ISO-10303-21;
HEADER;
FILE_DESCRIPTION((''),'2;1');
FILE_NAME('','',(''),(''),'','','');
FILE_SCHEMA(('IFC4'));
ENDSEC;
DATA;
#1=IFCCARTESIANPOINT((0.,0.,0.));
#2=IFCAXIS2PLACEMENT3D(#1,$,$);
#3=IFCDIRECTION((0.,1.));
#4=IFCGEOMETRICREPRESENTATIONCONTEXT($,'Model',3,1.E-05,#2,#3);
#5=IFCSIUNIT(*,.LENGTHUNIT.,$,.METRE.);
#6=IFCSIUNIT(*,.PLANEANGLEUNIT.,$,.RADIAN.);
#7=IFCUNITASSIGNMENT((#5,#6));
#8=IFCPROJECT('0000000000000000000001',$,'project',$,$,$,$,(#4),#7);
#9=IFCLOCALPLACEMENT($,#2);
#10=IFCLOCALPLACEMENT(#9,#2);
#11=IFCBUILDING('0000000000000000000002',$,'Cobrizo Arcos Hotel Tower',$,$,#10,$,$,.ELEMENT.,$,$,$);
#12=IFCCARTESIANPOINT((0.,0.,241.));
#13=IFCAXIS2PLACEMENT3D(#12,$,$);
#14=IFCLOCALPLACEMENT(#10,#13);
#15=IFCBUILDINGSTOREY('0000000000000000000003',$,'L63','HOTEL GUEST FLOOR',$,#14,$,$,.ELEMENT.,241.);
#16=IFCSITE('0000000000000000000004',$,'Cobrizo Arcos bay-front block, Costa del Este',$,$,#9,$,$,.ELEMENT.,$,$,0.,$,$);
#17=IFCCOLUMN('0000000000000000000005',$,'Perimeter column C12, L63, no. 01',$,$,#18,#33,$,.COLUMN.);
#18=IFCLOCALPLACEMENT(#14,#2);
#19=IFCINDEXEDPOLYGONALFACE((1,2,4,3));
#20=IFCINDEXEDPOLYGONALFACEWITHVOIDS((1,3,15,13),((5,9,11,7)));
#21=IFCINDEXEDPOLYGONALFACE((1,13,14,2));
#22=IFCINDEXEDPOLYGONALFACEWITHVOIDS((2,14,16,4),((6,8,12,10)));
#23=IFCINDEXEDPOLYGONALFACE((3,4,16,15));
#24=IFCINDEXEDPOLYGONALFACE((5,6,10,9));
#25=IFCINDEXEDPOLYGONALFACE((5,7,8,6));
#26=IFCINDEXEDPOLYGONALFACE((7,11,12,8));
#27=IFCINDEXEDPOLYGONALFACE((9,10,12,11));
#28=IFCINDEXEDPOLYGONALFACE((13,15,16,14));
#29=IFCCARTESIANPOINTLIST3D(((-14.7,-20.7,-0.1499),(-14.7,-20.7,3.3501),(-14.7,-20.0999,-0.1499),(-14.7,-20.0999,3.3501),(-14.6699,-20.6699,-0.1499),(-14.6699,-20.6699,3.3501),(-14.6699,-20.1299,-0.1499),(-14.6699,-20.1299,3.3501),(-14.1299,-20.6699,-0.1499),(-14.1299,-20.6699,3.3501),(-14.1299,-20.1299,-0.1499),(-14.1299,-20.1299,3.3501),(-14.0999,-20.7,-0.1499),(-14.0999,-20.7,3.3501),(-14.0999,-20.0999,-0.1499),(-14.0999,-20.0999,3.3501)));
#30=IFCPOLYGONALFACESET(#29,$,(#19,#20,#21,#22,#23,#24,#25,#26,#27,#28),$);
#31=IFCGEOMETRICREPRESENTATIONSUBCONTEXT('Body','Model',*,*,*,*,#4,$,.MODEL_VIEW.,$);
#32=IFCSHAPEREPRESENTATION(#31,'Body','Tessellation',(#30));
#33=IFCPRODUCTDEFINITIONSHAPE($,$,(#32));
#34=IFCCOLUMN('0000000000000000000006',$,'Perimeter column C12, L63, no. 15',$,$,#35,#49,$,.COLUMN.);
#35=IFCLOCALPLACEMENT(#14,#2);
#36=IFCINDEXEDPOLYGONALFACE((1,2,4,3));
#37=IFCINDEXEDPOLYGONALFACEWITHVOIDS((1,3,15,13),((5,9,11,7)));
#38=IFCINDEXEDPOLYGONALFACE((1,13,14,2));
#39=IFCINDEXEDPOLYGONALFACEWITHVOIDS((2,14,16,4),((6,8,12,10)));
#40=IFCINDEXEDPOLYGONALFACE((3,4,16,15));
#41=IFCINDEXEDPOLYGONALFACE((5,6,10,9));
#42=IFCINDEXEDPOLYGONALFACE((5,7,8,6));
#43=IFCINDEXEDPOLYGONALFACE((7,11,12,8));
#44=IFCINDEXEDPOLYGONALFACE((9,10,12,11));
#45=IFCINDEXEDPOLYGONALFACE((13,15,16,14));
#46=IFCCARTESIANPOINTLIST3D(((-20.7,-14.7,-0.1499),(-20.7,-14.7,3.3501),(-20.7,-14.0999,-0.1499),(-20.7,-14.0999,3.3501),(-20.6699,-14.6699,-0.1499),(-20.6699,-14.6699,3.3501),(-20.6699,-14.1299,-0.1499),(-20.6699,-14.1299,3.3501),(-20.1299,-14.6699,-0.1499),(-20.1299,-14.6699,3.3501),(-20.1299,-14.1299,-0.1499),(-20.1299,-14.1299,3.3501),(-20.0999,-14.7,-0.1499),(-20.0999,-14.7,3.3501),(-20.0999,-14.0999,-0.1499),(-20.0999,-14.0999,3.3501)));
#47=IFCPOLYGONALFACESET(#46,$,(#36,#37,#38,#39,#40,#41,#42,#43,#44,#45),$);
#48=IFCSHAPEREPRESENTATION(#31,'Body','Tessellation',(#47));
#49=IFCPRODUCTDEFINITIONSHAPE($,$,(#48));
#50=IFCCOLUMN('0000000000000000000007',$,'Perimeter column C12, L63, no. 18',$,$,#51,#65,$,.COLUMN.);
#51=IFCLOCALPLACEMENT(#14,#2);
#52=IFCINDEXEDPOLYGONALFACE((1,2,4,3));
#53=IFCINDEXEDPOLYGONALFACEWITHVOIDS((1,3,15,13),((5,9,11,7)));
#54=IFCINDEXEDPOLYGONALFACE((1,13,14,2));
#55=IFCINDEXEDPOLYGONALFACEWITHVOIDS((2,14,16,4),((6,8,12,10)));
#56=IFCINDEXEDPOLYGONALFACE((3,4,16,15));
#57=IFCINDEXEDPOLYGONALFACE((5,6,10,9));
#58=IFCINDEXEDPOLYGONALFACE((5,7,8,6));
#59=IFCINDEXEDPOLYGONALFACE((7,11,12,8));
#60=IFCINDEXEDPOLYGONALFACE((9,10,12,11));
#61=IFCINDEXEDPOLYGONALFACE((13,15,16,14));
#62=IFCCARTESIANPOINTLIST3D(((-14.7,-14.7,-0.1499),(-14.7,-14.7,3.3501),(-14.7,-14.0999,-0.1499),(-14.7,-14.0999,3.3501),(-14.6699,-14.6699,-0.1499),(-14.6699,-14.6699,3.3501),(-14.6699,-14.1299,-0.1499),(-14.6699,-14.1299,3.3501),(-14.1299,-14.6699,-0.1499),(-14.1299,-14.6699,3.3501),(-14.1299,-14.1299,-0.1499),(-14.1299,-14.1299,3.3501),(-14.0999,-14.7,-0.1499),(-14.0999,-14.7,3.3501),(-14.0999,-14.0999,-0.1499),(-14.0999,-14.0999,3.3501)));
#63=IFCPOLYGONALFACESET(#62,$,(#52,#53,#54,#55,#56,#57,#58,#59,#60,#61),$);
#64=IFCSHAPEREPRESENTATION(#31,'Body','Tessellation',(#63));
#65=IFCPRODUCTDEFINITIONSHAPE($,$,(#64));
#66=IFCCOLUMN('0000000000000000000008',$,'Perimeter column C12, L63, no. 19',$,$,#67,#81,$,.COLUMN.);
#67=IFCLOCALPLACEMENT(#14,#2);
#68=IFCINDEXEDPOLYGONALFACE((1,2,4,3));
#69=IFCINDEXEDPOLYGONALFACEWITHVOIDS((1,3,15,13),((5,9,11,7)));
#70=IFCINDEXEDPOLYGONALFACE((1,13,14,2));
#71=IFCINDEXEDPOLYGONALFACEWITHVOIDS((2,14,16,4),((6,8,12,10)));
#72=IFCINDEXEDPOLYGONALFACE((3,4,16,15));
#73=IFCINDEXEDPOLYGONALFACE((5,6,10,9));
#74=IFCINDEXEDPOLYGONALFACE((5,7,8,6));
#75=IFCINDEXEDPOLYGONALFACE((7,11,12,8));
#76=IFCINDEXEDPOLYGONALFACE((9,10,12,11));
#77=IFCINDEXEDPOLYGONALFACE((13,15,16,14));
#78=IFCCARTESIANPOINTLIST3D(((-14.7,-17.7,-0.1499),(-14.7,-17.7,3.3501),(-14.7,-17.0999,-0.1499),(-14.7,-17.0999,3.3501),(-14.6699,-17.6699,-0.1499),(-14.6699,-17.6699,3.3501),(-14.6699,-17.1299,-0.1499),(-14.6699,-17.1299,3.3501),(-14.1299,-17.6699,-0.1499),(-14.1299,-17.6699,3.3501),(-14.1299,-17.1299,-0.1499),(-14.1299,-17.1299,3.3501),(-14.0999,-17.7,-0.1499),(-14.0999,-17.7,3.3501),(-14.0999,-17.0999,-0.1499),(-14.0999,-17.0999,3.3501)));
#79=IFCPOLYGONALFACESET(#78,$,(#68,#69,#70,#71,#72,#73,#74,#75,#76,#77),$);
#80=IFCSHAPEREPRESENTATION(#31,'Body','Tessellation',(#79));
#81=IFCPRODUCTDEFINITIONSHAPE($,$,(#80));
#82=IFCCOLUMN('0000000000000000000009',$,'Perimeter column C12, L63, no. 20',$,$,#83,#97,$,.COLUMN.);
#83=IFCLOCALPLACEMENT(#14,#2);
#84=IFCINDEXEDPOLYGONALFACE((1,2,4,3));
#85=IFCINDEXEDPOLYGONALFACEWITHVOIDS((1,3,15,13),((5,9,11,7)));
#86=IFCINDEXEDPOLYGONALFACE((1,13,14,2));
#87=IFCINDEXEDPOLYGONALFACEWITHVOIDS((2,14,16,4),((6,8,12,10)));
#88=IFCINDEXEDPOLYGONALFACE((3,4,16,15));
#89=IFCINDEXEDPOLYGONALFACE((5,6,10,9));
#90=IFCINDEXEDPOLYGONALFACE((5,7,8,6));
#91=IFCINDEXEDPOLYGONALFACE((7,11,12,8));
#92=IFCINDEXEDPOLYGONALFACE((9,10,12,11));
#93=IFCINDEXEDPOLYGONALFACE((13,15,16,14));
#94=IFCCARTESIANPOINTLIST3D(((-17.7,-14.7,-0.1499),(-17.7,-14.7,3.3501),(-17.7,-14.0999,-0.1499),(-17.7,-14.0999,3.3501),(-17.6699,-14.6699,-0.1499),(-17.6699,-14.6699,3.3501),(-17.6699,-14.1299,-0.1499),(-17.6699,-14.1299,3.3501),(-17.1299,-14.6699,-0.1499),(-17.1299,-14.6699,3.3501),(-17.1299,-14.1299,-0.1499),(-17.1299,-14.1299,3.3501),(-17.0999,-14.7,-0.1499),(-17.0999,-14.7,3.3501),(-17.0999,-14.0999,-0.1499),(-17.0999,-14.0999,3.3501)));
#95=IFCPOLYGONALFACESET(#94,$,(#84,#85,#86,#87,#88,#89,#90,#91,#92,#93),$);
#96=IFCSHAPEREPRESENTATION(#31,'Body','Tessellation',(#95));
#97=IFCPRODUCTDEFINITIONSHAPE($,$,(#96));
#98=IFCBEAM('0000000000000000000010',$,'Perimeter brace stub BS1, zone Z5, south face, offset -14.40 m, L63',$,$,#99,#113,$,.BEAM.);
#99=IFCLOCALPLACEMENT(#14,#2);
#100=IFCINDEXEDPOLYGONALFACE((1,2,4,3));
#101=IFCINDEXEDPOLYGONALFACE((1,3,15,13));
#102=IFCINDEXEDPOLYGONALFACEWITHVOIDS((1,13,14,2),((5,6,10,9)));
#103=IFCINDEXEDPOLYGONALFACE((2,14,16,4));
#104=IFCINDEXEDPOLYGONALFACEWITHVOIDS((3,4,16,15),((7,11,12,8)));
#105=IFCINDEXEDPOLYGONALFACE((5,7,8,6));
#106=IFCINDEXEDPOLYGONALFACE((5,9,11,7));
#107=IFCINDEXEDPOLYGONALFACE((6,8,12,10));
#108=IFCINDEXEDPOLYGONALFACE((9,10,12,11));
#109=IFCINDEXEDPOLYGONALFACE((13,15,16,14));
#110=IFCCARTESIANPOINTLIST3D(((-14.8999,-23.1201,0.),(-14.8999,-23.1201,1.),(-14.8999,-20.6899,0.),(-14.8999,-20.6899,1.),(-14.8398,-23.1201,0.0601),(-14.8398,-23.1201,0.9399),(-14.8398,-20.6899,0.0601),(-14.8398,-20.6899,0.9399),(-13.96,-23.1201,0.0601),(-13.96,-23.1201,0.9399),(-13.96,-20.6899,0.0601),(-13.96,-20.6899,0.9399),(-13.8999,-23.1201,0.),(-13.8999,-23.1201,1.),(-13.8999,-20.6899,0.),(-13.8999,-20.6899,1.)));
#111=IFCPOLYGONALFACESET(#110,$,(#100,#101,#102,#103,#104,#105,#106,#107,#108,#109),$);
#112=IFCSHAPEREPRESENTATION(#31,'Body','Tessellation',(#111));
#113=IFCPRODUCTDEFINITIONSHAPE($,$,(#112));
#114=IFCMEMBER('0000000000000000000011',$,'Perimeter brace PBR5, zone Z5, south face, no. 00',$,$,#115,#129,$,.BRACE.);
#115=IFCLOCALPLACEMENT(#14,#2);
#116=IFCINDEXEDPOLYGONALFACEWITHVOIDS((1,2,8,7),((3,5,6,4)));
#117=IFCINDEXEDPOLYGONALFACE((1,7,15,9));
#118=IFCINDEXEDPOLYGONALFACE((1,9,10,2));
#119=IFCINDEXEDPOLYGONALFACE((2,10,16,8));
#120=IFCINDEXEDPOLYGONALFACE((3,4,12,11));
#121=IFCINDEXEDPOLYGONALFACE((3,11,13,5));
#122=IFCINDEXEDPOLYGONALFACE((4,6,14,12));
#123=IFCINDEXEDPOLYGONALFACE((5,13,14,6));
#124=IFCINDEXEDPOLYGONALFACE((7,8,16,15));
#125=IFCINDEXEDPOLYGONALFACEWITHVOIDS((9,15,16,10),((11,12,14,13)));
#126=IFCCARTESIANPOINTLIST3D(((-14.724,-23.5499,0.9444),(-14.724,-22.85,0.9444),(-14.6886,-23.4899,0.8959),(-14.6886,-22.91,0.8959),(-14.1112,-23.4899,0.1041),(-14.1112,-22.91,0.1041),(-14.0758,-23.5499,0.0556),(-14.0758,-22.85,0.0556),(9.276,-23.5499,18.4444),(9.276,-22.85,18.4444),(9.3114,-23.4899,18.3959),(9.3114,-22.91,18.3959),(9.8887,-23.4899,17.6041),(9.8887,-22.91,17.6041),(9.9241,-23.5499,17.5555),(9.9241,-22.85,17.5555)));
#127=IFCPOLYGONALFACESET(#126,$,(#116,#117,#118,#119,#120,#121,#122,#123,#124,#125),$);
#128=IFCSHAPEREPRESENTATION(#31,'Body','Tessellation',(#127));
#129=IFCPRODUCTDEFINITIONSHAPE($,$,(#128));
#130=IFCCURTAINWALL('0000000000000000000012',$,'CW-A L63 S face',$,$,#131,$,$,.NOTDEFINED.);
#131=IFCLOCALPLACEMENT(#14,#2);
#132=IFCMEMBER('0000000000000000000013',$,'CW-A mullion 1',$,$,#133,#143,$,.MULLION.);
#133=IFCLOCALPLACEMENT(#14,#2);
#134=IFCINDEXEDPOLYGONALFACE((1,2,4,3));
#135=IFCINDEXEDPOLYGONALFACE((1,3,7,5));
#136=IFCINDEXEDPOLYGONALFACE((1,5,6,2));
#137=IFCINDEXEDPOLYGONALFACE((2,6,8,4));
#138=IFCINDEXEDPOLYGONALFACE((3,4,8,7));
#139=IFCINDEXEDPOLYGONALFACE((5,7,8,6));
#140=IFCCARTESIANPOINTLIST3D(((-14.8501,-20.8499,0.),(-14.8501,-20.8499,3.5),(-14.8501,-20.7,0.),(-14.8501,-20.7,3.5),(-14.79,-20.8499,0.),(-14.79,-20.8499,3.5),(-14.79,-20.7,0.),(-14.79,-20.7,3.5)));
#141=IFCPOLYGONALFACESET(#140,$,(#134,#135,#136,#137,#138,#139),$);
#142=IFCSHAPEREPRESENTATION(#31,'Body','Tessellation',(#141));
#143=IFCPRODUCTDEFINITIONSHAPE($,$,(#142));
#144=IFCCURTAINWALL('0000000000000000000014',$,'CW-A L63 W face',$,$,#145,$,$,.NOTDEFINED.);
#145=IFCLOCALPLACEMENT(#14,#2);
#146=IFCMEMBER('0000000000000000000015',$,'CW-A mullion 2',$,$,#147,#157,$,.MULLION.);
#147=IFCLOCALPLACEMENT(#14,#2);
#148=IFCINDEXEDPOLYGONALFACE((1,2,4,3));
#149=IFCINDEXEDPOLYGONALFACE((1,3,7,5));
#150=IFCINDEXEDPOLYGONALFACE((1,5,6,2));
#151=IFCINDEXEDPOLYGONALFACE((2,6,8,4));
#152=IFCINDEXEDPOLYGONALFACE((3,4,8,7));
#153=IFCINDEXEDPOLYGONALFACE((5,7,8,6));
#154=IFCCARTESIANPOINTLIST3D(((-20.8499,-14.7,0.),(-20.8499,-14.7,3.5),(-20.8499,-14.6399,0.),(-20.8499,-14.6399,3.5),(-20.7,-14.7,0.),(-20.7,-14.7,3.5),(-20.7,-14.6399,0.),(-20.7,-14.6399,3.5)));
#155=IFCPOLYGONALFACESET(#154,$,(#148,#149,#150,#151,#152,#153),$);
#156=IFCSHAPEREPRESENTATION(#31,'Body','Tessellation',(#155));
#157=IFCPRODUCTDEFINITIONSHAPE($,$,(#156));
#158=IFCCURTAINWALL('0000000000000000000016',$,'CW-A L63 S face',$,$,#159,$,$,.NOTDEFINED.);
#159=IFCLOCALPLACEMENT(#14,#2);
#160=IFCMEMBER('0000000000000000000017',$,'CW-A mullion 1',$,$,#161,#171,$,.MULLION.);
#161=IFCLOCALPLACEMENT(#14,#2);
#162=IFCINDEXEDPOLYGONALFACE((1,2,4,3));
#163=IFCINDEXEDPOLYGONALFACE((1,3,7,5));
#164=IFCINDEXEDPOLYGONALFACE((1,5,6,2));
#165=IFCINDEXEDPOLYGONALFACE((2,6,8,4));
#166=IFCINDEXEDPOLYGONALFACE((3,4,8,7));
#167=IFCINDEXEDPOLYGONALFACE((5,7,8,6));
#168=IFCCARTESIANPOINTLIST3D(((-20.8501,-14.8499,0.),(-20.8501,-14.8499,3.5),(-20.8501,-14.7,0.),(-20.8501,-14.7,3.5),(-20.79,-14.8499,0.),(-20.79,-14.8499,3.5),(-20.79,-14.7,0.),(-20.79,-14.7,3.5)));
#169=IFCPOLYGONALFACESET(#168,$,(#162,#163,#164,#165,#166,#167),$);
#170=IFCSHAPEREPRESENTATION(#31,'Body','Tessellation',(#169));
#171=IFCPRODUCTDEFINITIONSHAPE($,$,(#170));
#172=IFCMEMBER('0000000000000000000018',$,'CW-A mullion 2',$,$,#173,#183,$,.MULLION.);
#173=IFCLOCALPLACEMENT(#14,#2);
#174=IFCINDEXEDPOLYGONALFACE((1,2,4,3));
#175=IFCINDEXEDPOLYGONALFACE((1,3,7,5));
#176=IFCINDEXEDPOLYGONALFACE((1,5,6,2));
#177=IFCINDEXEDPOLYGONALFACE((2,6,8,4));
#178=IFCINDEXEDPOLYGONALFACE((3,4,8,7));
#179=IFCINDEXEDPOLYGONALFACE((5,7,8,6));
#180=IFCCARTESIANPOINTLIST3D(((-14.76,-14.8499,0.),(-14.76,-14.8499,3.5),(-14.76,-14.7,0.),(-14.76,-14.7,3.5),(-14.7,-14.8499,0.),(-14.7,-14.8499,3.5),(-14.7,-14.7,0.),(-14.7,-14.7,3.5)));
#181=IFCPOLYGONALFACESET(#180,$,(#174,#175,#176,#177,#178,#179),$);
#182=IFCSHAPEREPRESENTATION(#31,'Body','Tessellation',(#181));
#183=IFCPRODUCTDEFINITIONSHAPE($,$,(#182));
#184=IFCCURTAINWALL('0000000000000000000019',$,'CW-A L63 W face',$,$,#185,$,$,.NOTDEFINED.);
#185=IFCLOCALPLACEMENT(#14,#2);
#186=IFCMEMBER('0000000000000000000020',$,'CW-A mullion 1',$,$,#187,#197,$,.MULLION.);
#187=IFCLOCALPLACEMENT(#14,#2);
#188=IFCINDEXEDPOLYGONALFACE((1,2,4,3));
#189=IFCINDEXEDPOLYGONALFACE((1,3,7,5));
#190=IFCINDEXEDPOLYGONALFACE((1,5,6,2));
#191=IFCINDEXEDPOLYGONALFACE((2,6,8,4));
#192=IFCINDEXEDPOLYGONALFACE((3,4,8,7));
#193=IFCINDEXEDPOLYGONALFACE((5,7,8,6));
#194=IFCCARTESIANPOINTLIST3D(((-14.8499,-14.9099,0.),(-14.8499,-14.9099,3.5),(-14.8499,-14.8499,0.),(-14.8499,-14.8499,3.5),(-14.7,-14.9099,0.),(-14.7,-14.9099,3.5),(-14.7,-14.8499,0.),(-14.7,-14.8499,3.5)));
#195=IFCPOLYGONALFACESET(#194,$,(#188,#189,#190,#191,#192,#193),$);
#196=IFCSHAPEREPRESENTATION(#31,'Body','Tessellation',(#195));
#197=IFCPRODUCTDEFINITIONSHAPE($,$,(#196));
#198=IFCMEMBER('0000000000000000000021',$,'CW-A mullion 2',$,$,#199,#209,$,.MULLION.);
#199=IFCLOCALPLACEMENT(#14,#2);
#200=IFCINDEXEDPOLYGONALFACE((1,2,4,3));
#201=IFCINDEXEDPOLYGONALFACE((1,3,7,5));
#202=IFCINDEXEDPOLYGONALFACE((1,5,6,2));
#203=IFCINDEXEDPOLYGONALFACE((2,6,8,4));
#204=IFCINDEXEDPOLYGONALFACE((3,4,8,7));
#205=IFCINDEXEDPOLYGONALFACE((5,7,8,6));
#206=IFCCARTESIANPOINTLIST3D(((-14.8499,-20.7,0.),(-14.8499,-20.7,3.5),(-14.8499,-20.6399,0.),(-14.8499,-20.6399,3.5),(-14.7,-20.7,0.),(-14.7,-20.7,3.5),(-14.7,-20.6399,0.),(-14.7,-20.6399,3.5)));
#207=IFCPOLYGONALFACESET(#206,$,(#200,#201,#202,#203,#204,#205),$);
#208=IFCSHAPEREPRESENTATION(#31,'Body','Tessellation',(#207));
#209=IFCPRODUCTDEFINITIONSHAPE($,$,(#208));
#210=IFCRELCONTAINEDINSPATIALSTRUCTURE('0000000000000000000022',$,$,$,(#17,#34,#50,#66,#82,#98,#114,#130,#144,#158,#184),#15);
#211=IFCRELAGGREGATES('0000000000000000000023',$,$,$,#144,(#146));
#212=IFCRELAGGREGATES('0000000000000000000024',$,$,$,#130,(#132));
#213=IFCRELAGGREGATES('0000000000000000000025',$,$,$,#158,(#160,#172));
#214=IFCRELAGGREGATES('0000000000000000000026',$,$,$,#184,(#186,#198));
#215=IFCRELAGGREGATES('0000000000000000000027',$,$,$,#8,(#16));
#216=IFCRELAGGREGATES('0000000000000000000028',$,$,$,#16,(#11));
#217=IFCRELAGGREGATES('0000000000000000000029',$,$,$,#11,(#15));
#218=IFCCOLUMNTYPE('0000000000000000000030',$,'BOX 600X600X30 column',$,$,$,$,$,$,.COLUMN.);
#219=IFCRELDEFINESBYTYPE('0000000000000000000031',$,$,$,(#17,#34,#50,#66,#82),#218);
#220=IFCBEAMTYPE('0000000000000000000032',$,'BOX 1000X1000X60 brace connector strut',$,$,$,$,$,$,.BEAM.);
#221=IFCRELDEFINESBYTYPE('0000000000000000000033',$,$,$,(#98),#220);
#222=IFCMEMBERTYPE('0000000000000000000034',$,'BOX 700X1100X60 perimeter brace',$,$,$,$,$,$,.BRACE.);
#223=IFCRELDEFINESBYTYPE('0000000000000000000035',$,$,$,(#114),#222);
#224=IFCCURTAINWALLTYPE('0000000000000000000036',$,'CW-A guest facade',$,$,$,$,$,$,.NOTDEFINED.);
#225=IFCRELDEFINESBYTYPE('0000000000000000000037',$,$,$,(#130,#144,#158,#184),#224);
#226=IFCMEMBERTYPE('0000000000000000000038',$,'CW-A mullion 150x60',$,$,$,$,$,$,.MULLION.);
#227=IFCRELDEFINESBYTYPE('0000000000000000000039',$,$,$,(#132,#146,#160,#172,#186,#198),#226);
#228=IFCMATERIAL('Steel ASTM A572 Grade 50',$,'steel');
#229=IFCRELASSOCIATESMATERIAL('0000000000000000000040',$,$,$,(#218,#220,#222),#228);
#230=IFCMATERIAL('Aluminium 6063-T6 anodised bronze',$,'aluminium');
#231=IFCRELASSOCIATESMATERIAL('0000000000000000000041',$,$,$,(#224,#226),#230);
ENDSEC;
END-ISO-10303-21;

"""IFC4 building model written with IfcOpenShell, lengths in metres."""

from ifc_helpers import new_model, si_unit, direction, frame, origin, origin_2d, place, context, subcontext, project, spatial, rectangle, hollow_rectangle, extrude, material, material_profile, profile_set, type_object, element, aggregate, save


model = new_model("IFC4")

# Units and contexts
model_context = context("Model", 3, precision=1e-05, world=origin(), true_north=direction((0.0, 1.0)))
body_context = subcontext(model_context, "Body", "Model", "MODEL_VIEW")
ifc_project = project(units=[si_unit("LENGTHUNIT", "METRE"), si_unit("PLANEANGLEUNIT", "RADIAN")], contexts=[model_context])

# Site, building, storey
site_placement = place(None, origin())
site = spatial("IfcSite", under=ifc_project, at=site_placement, Name="Cobrizo Arcos bay-front block, Costa del Este", CompositionType="ELEMENT", RefElevation=0.0)
building_placement = place(site_placement, origin())
building = spatial("IfcBuilding", under=site, at=building_placement, Name="Cobrizo Arcos Hotel Tower", CompositionType="ELEMENT")
storey_placement = place(building_placement, frame((0.0, 0.0, 241.0)))
storey = spatial("IfcBuildingStorey", under=building, at=storey_placement, Name="L63", Description="HOTEL GUEST FLOOR", CompositionType="ELEMENT", Elevation=241.0)

# Columns
ifc_material_1 = material(Name="Steel ASTM A572 Grade 50", Category="steel")
ifc_material_profile_1 = material_profile(ifc_material_1, hollow_rectangle(XDim=0.6001, YDim=0.6001, WallThickness=0.03, at=origin_2d()), Name="BOX 600X600X30")
ifc_profile_set_1 = profile_set([ifc_material_profile_1], Name="Steel ASTM A572 Grade 50")
column_type = type_object("IfcColumnType", Name="BOX 600X600X30 column", PredefinedType="COLUMN", material=ifc_profile_set_1)
for number, where, z_axis, x_axis, name in (
    (1, (-14.3999, -20.3999, -0.1499), (0.0, 0.0, 1.0), (1.0, 0.0, 0.0), "Perimeter column C12, L63, no. 01"),
    (2, (-20.3999, -14.3999, -0.1499), (0.0, 0.0, 1.0), (1.0, 0.0, 0.0), "Perimeter column C12, L63, no. 15"),
    (3, (-14.3999, -14.3999, -0.1499), (0.0, 0.0, 1.0), (1.0, 0.0, 0.0), "Perimeter column C12, L63, no. 18"),
    (4, (-14.3999, -17.3999, -0.1499), (0.0, 0.0, 1.0), (1.0, 0.0, 0.0), "Perimeter column C12, L63, no. 19"),
    (5, (-17.3999, -14.3999, -0.1499), (0.0, 0.0, 1.0), (1.0, 0.0, 0.0), "Perimeter column C12, L63, no. 20"),
):
    element("IfcColumn", number, at=place(storey_placement, frame(where, z_axis=z_axis, x_axis=x_axis)), inside=storey, type_object=column_type, Name=name, PredefinedType="COLUMN", context=body_context, shape_type="SweptSolid", body=[
        extrude(hollow_rectangle(XDim=0.6001, YDim=0.6001, WallThickness=0.03, at=origin_2d()), origin(), (0.0, 0.0, 1.0), 3.5),
    ])

# Beam
ifc_material_profile_2 = material_profile(ifc_material_1, hollow_rectangle(XDim=1.0, YDim=1.0, WallThickness=0.0601, at=origin_2d()), Name="BOX 1000X1000X60")
ifc_profile_set_2 = profile_set([ifc_material_profile_2], Name="Steel ASTM A572 Grade 50")
beam_type_1 = type_object("IfcBeamType", Name="BOX 1000X1000X60 brace connector strut", PredefinedType="BEAM", material=ifc_profile_set_2)
beam_1_placement = place(storey_placement, frame((-14.3999, -20.6899, 0.5), z_axis=(0.0, -1.0, 0.0), x_axis=(1.0, 0.0, 0.0)))
element("IfcBeam", 6, at=beam_1_placement, inside=storey, type_object=beam_type_1, Name="Perimeter brace stub BS1, zone Z5, south face, offset -14.40 m, L63", PredefinedType="BEAM", context=body_context, shape_type="SweptSolid", body=[
    extrude(hollow_rectangle(XDim=1.0, YDim=1.0, WallThickness=0.0601, at=origin_2d()), origin(), (0.0, 0.0, 1.0), 2.4302),
])

# Member
ifc_material_profile_3 = material_profile(ifc_material_1, hollow_rectangle(XDim=0.7, YDim=1.1001, WallThickness=0.0601, at=origin_2d()), Name="BOX 700X1100X60")
ifc_profile_set_3 = profile_set([ifc_material_profile_3], Name="Steel ASTM A572 Grade 50")
member_type_1 = type_object("IfcMemberType", Name="BOX 700X1100X60 perimeter brace", PredefinedType="BRACE", material=ifc_profile_set_3)
member_1_placement = place(storey_placement, frame((-14.3999, -23.2, 0.5), z_axis=(0.808008, 0.0, 0.589172), x_axis=(0.0, 1.0, 0.0)))
element("IfcMember", 7, at=member_1_placement, inside=storey, type_object=member_type_1, Name="Perimeter brace PBR5, zone Z5, south face, no. 00", PredefinedType="BRACE", context=body_context, shape_type="SweptSolid", body=[
    extrude(hollow_rectangle(XDim=0.7, YDim=1.1001, WallThickness=0.0601, at=origin_2d()), origin(), (0.0, 0.0, 1.0), 29.7026),
])

# Curtain walls, members
ifc_material_2 = material(Name="Aluminium 6063-T6 anodised bronze", Category="aluminium")
curtain_wall_type = type_object("IfcCurtainWallType", Name="CW-A guest facade", PredefinedType="NOTDEFINED", material=ifc_material_2)
curtain_wall_1_placement = place(storey_placement, origin())
curtain_wall_1 = element("IfcCurtainWall", 8, at=curtain_wall_1_placement, inside=storey, type_object=curtain_wall_type, Name="CW-A L63 S face", PredefinedType="NOTDEFINED")
ifc_material_profile_4 = material_profile(ifc_material_2, rectangle(XDim=0.1499, YDim=0.0601, at=origin_2d()), Name="CW-A mullion 150x60")
ifc_profile_set_4 = profile_set([ifc_material_profile_4], Name="Aluminium 6063-T6 anodised bronze")
member_type_2 = type_object("IfcMemberType", Name="CW-A mullion 150x60", PredefinedType="MULLION", material=ifc_profile_set_4)
member_2_placement = place(storey_placement, frame((-14.8201, -20.7749, 0.0), z_axis=(0.0, 0.0, 1.0), x_axis=(0.0, -1.0, 0.0)))
member_2 = element("IfcMember", 9, at=member_2_placement, type_object=member_type_2, Name="CW-A mullion 1", PredefinedType="MULLION", context=body_context, shape_type="SweptSolid", body=[
    extrude(rectangle(XDim=0.1499, YDim=0.0601, at=origin_2d()), origin(), (0.0, 0.0, 1.0), 3.5),
])
curtain_wall_2_placement = place(storey_placement, origin())
curtain_wall_2 = element("IfcCurtainWall", 10, at=curtain_wall_2_placement, inside=storey, type_object=curtain_wall_type, Name="CW-A L63 W face", PredefinedType="NOTDEFINED")
member_3_placement = place(storey_placement, frame((-20.7749, -14.6699, 0.0), z_axis=(0.0, 0.0, 1.0), x_axis=(-1.0, 0.0, 0.0)))
member_3 = element("IfcMember", 11, at=member_3_placement, type_object=member_type_2, Name="CW-A mullion 2", PredefinedType="MULLION", context=body_context, shape_type="SweptSolid", body=[
    extrude(rectangle(XDim=0.1499, YDim=0.0601, at=origin_2d()), origin(), (0.0, 0.0, 1.0), 3.5),
])
aggregate(curtain_wall_2, [member_3])

# Curtain walls, members
curtain_wall_3_placement = place(storey_placement, origin())
curtain_wall_3 = element("IfcCurtainWall", 12, at=curtain_wall_3_placement, inside=storey, type_object=curtain_wall_type, Name="CW-A L63 S face", PredefinedType="NOTDEFINED")
member_4_placement = place(storey_placement, frame((-20.8201, -14.7749, 0.0), z_axis=(0.0, 0.0, 1.0), x_axis=(0.0, -1.0, 0.0)))
member_4 = element("IfcMember", 13, at=member_4_placement, type_object=member_type_2, Name="CW-A mullion 1", PredefinedType="MULLION", context=body_context, shape_type="SweptSolid", body=[
    extrude(rectangle(XDim=0.1499, YDim=0.0601, at=origin_2d()), origin(), (0.0, 0.0, 1.0), 3.5),
])
member_5_placement = place(storey_placement, frame((-14.73, -14.7749, 0.0), z_axis=(0.0, 0.0, 1.0), x_axis=(0.0, -1.0, 0.0)))
member_5 = element("IfcMember", 14, at=member_5_placement, type_object=member_type_2, Name="CW-A mullion 2", PredefinedType="MULLION", context=body_context, shape_type="SweptSolid", body=[
    extrude(rectangle(XDim=0.1499, YDim=0.0601, at=origin_2d()), origin(), (0.0, 0.0, 1.0), 3.5),
])
curtain_wall_4_placement = place(storey_placement, origin())
curtain_wall_4 = element("IfcCurtainWall", 15, at=curtain_wall_4_placement, inside=storey, type_object=curtain_wall_type, Name="CW-A L63 W face", PredefinedType="NOTDEFINED")
member_6_placement = place(storey_placement, frame((-14.7749, -14.8799, 0.0), z_axis=(0.0, 0.0, 1.0), x_axis=(-1.0, 0.0, 0.0)))
member_6 = element("IfcMember", 16, at=member_6_placement, type_object=member_type_2, Name="CW-A mullion 1", PredefinedType="MULLION", context=body_context, shape_type="SweptSolid", body=[
    extrude(rectangle(XDim=0.1499, YDim=0.0601, at=origin_2d()), origin(), (0.0, 0.0, 1.0), 3.5),
])
member_7_placement = place(storey_placement, frame((-14.7749, -20.6699, 0.0), z_axis=(0.0, 0.0, 1.0), x_axis=(-1.0, 0.0, 0.0)))
member_7 = element("IfcMember", 17, at=member_7_placement, type_object=member_type_2, Name="CW-A mullion 2", PredefinedType="MULLION", context=body_context, shape_type="SweptSolid", body=[
    extrude(rectangle(XDim=0.1499, YDim=0.0601, at=origin_2d()), origin(), (0.0, 0.0, 1.0), 3.5),
])

aggregate(curtain_wall_1, [member_2])

aggregate(curtain_wall_3, [member_4, member_5])
aggregate(curtain_wall_4, [member_6, member_7])

save(model, "model.ifc")
